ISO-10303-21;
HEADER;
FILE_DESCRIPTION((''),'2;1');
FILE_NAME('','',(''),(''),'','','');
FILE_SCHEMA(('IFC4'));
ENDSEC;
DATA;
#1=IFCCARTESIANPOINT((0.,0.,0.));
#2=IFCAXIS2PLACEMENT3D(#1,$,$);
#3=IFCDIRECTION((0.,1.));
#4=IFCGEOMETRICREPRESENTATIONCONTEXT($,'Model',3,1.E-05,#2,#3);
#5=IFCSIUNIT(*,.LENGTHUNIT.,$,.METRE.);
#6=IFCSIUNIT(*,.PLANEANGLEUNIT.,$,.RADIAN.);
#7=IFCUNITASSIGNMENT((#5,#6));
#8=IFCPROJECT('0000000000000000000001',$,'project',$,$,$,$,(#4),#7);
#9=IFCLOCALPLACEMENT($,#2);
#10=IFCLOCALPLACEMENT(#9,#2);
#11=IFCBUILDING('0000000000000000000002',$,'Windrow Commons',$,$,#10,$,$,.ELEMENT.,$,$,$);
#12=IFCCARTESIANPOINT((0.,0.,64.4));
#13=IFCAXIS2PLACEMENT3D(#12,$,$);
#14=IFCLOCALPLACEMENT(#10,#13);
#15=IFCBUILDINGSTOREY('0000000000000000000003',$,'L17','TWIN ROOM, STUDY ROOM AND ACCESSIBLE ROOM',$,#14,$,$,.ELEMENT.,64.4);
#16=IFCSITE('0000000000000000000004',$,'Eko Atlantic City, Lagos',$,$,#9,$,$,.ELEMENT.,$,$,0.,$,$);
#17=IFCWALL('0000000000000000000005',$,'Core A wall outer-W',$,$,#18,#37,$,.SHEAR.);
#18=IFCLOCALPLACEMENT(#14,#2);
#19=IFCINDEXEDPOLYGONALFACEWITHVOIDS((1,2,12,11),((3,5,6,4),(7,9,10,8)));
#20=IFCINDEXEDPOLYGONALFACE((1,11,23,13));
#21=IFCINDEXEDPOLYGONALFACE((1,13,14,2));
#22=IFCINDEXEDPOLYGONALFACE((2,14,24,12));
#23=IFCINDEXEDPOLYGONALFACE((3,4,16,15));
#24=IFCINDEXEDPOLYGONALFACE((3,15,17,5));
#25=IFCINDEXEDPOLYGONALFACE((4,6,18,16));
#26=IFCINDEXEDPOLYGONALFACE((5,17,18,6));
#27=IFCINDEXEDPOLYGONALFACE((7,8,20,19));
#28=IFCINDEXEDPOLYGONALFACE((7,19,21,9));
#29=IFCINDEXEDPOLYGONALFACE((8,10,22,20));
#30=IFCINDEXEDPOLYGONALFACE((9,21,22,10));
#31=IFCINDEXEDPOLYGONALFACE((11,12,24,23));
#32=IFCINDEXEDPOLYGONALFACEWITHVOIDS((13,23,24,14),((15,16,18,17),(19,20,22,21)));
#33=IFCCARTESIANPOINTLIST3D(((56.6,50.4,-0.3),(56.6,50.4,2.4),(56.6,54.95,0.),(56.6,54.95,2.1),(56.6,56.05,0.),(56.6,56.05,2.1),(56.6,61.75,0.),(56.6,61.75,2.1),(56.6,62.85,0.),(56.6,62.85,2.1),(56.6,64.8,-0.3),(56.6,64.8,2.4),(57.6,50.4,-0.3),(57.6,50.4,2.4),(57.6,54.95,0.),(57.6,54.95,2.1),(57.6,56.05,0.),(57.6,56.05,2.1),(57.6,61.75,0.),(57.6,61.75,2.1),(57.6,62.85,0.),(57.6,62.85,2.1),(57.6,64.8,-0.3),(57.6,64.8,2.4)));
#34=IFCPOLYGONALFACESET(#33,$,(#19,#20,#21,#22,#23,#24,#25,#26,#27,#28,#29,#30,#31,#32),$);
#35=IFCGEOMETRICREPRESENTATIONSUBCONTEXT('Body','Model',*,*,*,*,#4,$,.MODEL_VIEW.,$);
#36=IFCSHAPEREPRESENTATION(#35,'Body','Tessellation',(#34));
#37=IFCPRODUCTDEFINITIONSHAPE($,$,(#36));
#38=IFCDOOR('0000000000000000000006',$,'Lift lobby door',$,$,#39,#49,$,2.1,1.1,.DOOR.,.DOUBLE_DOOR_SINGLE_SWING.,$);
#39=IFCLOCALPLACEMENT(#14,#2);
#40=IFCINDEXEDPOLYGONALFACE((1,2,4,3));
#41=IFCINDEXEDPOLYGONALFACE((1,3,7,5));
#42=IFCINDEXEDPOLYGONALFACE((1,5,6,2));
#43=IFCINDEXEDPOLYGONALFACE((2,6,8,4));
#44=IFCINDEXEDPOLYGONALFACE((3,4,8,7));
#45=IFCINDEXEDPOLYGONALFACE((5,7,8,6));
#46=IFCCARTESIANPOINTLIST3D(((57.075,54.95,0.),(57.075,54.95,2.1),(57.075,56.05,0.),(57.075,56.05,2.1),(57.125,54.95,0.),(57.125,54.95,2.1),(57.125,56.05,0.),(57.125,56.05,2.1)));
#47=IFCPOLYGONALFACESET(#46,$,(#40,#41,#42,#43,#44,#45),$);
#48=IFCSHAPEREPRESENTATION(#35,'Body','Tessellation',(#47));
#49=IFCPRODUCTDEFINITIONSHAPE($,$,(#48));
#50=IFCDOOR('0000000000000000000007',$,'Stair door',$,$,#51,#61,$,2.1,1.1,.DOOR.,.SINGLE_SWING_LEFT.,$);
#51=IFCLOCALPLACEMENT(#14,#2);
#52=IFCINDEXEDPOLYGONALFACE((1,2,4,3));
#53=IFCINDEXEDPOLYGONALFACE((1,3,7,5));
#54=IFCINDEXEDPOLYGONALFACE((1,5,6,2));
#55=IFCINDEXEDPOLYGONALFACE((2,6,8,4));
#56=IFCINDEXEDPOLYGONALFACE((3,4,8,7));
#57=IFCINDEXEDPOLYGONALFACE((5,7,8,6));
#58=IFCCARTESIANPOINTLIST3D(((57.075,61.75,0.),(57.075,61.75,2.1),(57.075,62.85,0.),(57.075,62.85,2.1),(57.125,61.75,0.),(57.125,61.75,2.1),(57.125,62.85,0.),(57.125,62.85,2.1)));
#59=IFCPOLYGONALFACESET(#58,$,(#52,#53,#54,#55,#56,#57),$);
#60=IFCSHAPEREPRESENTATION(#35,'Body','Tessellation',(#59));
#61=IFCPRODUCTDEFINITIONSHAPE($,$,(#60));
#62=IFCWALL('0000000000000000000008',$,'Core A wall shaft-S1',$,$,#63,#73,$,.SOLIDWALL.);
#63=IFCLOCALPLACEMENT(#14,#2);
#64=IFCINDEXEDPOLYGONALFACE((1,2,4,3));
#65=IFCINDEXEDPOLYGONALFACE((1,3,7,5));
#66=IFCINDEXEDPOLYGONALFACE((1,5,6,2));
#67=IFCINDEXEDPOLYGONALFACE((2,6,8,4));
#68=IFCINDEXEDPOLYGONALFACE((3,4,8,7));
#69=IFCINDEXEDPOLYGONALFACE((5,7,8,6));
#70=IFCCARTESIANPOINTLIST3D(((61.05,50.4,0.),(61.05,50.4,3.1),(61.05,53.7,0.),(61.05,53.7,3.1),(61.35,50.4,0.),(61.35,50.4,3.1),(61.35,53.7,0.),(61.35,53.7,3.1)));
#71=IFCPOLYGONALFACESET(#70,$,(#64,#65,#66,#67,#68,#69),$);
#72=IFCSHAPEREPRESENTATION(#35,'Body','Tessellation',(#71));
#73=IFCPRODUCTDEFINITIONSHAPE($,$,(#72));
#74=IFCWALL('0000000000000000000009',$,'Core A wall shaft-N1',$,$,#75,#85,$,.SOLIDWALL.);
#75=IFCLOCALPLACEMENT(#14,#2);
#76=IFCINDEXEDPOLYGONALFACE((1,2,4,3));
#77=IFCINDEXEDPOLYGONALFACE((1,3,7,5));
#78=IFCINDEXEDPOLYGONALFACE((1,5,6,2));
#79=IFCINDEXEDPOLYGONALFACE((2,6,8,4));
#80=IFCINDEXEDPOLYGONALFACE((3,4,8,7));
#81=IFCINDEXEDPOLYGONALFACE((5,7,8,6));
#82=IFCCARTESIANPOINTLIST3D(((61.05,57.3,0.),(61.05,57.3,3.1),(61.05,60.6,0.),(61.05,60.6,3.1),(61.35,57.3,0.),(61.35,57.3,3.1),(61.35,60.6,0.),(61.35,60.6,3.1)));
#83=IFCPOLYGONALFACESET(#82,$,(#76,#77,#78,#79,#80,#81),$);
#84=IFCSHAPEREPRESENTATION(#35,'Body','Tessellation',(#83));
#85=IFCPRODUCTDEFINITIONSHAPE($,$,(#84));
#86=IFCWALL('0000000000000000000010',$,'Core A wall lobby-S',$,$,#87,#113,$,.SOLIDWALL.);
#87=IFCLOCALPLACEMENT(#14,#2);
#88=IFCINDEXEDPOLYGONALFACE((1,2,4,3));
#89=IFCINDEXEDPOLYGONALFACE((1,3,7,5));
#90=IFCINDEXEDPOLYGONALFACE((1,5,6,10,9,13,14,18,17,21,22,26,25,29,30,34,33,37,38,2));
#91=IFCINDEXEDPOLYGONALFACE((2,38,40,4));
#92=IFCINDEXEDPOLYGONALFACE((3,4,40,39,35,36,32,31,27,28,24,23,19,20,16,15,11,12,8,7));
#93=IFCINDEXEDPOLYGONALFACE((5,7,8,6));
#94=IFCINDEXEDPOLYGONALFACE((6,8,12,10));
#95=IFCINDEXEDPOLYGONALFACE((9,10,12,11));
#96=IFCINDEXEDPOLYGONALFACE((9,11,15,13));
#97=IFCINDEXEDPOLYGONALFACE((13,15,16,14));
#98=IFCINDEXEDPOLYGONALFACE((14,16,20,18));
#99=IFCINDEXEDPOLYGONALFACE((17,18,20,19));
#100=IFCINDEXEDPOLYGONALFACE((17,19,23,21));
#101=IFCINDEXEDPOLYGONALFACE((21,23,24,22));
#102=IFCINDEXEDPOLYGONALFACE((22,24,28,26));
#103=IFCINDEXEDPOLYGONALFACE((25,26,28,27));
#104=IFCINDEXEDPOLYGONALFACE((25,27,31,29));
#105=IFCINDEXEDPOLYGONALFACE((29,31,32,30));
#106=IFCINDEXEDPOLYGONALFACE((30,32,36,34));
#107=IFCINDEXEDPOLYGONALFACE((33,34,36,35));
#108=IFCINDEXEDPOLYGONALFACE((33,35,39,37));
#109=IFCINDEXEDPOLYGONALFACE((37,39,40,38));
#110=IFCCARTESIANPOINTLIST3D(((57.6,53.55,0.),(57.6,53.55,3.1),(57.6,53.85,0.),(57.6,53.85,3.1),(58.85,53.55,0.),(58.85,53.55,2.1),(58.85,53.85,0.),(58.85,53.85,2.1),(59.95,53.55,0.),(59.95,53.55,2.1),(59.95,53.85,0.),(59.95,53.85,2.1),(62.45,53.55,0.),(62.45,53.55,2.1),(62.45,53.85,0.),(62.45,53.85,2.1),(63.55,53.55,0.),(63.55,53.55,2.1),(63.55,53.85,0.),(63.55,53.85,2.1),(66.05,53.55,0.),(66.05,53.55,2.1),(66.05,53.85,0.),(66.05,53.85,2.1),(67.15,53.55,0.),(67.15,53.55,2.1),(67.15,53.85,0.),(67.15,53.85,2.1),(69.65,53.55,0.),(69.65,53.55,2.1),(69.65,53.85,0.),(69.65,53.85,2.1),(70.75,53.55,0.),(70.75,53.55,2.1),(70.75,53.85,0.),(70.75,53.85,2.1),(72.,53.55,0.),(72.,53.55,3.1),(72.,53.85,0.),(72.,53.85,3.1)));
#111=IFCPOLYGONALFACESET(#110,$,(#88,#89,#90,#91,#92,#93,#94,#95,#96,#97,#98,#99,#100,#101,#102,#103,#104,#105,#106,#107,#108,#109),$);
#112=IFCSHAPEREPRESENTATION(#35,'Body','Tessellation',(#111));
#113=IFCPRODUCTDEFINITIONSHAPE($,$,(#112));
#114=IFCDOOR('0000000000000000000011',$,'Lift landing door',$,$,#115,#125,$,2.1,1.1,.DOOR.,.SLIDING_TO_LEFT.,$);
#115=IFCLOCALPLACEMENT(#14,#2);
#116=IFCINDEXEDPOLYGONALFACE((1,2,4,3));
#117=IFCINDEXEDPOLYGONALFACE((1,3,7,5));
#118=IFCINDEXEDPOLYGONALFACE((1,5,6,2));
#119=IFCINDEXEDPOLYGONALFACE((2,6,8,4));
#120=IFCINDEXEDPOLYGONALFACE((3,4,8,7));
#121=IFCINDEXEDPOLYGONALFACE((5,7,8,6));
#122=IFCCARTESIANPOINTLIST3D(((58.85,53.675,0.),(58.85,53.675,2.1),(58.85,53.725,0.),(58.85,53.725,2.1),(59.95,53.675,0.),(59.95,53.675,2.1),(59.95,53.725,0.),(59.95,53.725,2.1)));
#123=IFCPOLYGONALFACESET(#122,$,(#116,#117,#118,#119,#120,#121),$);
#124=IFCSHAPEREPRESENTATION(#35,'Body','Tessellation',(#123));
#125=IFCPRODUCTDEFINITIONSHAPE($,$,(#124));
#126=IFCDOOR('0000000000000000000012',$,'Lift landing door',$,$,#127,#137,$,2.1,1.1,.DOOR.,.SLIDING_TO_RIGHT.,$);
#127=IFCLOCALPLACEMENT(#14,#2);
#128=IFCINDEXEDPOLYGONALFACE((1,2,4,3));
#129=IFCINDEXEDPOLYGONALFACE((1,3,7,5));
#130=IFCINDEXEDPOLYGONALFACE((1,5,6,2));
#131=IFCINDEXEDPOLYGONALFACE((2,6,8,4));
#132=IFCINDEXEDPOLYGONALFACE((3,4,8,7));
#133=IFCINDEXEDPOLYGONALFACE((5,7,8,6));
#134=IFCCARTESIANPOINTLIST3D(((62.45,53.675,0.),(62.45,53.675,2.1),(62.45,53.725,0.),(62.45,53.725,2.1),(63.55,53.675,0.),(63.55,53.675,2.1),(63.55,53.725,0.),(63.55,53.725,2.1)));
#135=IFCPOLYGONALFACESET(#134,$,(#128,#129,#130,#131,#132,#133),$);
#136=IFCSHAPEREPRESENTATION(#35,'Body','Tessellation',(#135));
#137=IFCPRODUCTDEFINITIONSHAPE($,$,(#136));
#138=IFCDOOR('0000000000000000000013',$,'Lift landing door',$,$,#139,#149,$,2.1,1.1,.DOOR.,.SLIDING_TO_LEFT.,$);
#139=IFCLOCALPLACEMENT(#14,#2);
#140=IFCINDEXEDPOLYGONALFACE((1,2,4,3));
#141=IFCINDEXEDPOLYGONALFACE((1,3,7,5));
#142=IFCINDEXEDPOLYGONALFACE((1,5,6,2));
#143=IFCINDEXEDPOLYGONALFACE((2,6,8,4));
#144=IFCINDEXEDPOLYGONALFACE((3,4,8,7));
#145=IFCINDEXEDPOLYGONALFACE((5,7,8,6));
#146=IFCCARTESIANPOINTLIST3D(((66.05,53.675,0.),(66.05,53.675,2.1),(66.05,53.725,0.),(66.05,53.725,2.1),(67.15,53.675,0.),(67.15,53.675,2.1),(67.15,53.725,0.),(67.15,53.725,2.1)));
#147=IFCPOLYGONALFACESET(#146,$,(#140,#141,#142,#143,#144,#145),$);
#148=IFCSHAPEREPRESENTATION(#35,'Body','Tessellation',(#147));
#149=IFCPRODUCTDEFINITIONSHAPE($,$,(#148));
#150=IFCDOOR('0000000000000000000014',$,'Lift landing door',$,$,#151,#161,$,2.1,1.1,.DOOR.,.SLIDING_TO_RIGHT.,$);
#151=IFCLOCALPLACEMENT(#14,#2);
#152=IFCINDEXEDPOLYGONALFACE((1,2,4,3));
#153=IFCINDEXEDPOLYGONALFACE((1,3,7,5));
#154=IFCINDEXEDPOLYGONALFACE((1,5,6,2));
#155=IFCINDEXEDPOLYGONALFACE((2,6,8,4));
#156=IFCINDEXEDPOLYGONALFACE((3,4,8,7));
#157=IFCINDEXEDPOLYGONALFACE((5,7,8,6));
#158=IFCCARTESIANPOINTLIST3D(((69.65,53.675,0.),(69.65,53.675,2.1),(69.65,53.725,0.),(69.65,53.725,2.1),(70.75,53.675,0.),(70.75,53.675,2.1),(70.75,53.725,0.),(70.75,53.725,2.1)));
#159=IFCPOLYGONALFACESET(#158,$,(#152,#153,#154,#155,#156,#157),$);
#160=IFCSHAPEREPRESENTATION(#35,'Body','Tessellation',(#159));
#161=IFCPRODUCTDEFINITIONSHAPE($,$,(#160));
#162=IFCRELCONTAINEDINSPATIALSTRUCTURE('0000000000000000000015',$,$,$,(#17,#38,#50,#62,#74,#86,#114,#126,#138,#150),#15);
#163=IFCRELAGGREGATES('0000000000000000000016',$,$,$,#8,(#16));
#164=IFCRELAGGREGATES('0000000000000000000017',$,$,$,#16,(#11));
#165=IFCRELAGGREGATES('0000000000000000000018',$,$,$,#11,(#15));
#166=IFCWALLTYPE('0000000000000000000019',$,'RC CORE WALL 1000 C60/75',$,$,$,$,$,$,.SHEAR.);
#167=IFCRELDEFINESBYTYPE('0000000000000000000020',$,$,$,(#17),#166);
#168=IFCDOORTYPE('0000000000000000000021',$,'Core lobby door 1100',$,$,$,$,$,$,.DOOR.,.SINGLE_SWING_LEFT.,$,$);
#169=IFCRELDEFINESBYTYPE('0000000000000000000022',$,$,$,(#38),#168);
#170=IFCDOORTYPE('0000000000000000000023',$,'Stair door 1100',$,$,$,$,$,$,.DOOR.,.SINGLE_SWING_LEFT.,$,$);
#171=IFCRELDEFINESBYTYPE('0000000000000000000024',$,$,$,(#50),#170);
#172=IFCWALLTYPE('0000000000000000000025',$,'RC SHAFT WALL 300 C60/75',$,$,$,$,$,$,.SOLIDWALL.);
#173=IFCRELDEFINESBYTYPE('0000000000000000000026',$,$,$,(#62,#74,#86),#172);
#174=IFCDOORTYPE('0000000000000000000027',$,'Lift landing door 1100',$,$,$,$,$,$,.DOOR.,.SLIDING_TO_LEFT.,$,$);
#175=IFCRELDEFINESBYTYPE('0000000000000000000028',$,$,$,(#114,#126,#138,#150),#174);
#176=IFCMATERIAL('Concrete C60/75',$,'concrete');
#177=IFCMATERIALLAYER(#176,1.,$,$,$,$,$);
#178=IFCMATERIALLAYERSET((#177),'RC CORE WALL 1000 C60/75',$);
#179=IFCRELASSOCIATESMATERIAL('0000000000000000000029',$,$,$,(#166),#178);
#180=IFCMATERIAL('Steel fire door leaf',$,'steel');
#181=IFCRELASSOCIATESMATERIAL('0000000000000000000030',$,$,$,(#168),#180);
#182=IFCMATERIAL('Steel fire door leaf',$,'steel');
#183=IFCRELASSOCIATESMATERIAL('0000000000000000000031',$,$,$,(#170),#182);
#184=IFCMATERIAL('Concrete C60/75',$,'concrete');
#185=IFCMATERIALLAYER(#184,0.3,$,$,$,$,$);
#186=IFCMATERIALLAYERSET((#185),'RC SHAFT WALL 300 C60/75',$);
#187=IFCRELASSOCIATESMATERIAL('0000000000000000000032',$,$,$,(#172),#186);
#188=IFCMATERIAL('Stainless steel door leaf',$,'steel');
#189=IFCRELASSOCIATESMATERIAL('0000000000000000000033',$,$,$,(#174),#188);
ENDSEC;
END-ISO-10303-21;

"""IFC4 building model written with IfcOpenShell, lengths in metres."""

from ifc_helpers import new_model, si_unit, direction, frame, frame_2d, origin, place, context, subcontext, project, spatial, rectangle, extrude, material, layer, layer_set, type_object, element, fill, save


model = new_model("IFC4")

# Units and contexts
model_context = context("Model", 3, precision=1e-05, world=origin(), true_north=direction((0.0, 1.0)))
body_context = subcontext(model_context, "Body", "Model", "MODEL_VIEW")
ifc_project = project(units=[si_unit("LENGTHUNIT", "METRE"), si_unit("PLANEANGLEUNIT", "RADIAN")], contexts=[model_context])

# Site, building, storey
site_placement = place(None, origin())
site = spatial("IfcSite", under=ifc_project, at=site_placement, Name="Eko Atlantic City, Lagos", CompositionType="ELEMENT", RefElevation=0.0)
building_placement = place(site_placement, origin())
building = spatial("IfcBuilding", under=site, at=building_placement, Name="Windrow Commons", CompositionType="ELEMENT")
storey_placement = place(building_placement, frame((0.0, 0.0, 64.4)))
storey = spatial("IfcBuildingStorey", under=building, at=storey_placement, Name="L17", Description="TWIN ROOM, STUDY ROOM AND ACCESSIBLE ROOM", CompositionType="ELEMENT", Elevation=64.4)

# Shared definitions
ifc_material_1 = material(Name="Concrete C60/75", Category="concrete")
ifc_layer_1 = layer(ifc_material_1, 1.0)
ifc_layer_set_1 = layer_set([ifc_layer_1], Name="RC CORE WALL 1000 C60/75")
wall_type_1 = type_object("IfcWallType", Name="RC CORE WALL 1000 C60/75", PredefinedType="SHEAR", material=ifc_layer_set_1)

# Wall, openings, doors
wall_1_placement = place(storey_placement, frame((57.1, 50.4, -0.3), z_axis=(0.0, 0.0, 1.0), x_axis=(0.0, 1.0, 0.0)))
wall_1 = element("IfcWall", 1, at=wall_1_placement, inside=storey, type_object=wall_type_1, Name="Core A wall outer-W", PredefinedType="SHEAR", context=body_context, shape_type="SweptSolid", body=[
    extrude(rectangle(XDim=14.4, YDim=1.0, at=frame_2d((7.2, 0.0))), origin(), (0.0, 0.0, 1.0), 2.7),
])
opening_1_placement = place(wall_1_placement, frame((4.55, 0.0, 0.3)))
opening_1 = element("IfcOpeningElement", 2, at=opening_1_placement, cuts=wall_1, PredefinedType="OPENING", context=body_context, shape_type="SweptSolid", body=[
    extrude(rectangle(XDim=1.1, YDim=2.1, at=frame_2d((0.55, 1.05))), frame((0.0, 0.51, 0.0), z_axis=(0.0, -1.0, 0.0), x_axis=(1.0, 0.0, 0.0)), (0.0, 0.0, 1.0), 1.02),
])
opening_2_placement = place(wall_1_placement, frame((11.35, 0.0, 0.3)))
opening_2 = element("IfcOpeningElement", 3, at=opening_2_placement, cuts=wall_1, PredefinedType="OPENING", context=body_context, shape_type="SweptSolid", body=[
    extrude(rectangle(XDim=1.1, YDim=2.1, at=frame_2d((0.55, 1.05))), frame((0.0, 0.51, 0.0), z_axis=(0.0, -1.0, 0.0), x_axis=(1.0, 0.0, 0.0)), (0.0, 0.0, 1.0), 1.02),
])
ifc_material_2 = material(Name="Steel fire door leaf", Category="steel")
door_type_1 = type_object("IfcDoorType", Name="Core lobby door 1100", OperationType="SINGLE_SWING_LEFT", PredefinedType="DOOR", material=ifc_material_2)
door_1_placement = place(opening_1_placement, origin())
door_1 = element("IfcDoor", 4, at=door_1_placement, inside=storey, type_object=door_type_1, Name="Lift lobby door", OperationType="DOUBLE_DOOR_SINGLE_SWING", OverallHeight=2.1, OverallWidth=1.1, PredefinedType="DOOR", context=body_context, shape_type="SweptSolid", body=[
    extrude(rectangle(XDim=1.1, YDim=2.1, at=frame_2d((0.55, 1.05))), frame((0.0, 0.025, 0.0), z_axis=(0.0, -1.0, 0.0), x_axis=(1.0, 0.0, 0.0)), (0.0, 0.0, 1.0), 0.05),
])
fill(opening_1, door_1)
ifc_material_3 = material(Name="Steel fire door leaf", Category="steel")
door_type_2 = type_object("IfcDoorType", Name="Stair door 1100", OperationType="SINGLE_SWING_LEFT", PredefinedType="DOOR", material=ifc_material_3)
door_2_placement = place(opening_2_placement, origin())
door_2 = element("IfcDoor", 5, at=door_2_placement, inside=storey, type_object=door_type_2, Name="Stair door", OperationType="SINGLE_SWING_LEFT", OverallHeight=2.1, OverallWidth=1.1, PredefinedType="DOOR", context=body_context, shape_type="SweptSolid", body=[
    extrude(rectangle(XDim=1.1, YDim=2.1, at=frame_2d((0.55, 1.05))), frame((0.0, 0.025, 0.0), z_axis=(0.0, -1.0, 0.0), x_axis=(1.0, 0.0, 0.0)), (0.0, 0.0, 1.0), 0.05),
])
fill(opening_2, door_2)

# Walls
ifc_material_4 = material(Name="Concrete C60/75", Category="concrete")
ifc_layer_2 = layer(ifc_material_4, 0.3)
ifc_layer_set_2 = layer_set([ifc_layer_2], Name="RC SHAFT WALL 300 C60/75")
wall_type_2 = type_object("IfcWallType", Name="RC SHAFT WALL 300 C60/75", PredefinedType="SOLIDWALL", material=ifc_layer_set_2)
for number, where, z_axis, x_axis, name in (
    (6, (61.2, 50.4, 0.0), (0.0, 0.0, 1.0), (0.0, 1.0, 0.0), "Core A wall shaft-S1"),
    (7, (61.2, 57.3, 0.0), (0.0, 0.0, 1.0), (0.0, 1.0, 0.0), "Core A wall shaft-N1"),
):
    element("IfcWall", number, at=place(storey_placement, frame(where, z_axis=z_axis, x_axis=x_axis)), inside=storey, type_object=wall_type_2, Name=name, PredefinedType="SOLIDWALL", context=body_context, shape_type="SweptSolid", body=[
        extrude(rectangle(XDim=3.3, YDim=0.3, at=frame_2d((1.65, 0.0))), origin(), (0.0, 0.0, 1.0), 3.1),
    ])

# Wall, openings, doors
wall_2_placement = place(storey_placement, frame((57.6, 53.7, 0.0), z_axis=(0.0, 0.0, 1.0), x_axis=(1.0, 0.0, 0.0)))
wall_2 = element("IfcWall", 8, at=wall_2_placement, inside=storey, type_object=wall_type_2, Name="Core A wall lobby-S", PredefinedType="SOLIDWALL", context=body_context, shape_type="SweptSolid", body=[
    extrude(rectangle(XDim=14.4, YDim=0.3, at=frame_2d((7.2, 0.0))), origin(), (0.0, 0.0, 1.0), 3.1),
])
opening_3_placement = place(wall_2_placement, frame((1.25, 0.0, 0.0)))
opening_3 = element("IfcOpeningElement", 9, at=opening_3_placement, cuts=wall_2, PredefinedType="OPENING", context=body_context, shape_type="SweptSolid", body=[
    extrude(rectangle(XDim=1.1, YDim=2.1, at=frame_2d((0.55, 1.05))), frame((0.0, 0.16, 0.0), z_axis=(0.0, -1.0, 0.0), x_axis=(1.0, 0.0, 0.0)), (0.0, 0.0, 1.0), 0.32),
])
opening_4_placement = place(wall_2_placement, frame((4.85, 0.0, 0.0)))
opening_4 = element("IfcOpeningElement", 10, at=opening_4_placement, cuts=wall_2, PredefinedType="OPENING", context=body_context, shape_type="SweptSolid", body=[
    extrude(rectangle(XDim=1.1, YDim=2.1, at=frame_2d((0.55, 1.05))), frame((0.0, 0.16, 0.0), z_axis=(0.0, -1.0, 0.0), x_axis=(1.0, 0.0, 0.0)), (0.0, 0.0, 1.0), 0.32),
])
opening_5_placement = place(wall_2_placement, frame((8.45, 0.0, 0.0)))
opening_5 = element("IfcOpeningElement", 11, at=opening_5_placement, cuts=wall_2, PredefinedType="OPENING", context=body_context, shape_type="SweptSolid", body=[
    extrude(rectangle(XDim=1.1, YDim=2.1, at=frame_2d((0.55, 1.05))), frame((0.0, 0.16, 0.0), z_axis=(0.0, -1.0, 0.0), x_axis=(1.0, 0.0, 0.0)), (0.0, 0.0, 1.0), 0.32),
])
opening_6_placement = place(wall_2_placement, frame((12.05, 0.0, 0.0)))
opening_6 = element("IfcOpeningElement", 12, at=opening_6_placement, cuts=wall_2, PredefinedType="OPENING", context=body_context, shape_type="SweptSolid", body=[
    extrude(rectangle(XDim=1.1, YDim=2.1, at=frame_2d((0.55, 1.05))), frame((0.0, 0.16, 0.0), z_axis=(0.0, -1.0, 0.0), x_axis=(1.0, 0.0, 0.0)), (0.0, 0.0, 1.0), 0.32),
])
ifc_material_5 = material(Name="Stainless steel door leaf", Category="steel")
door_type_3 = type_object("IfcDoorType", Name="Lift landing door 1100", OperationType="SLIDING_TO_LEFT", PredefinedType="DOOR", material=ifc_material_5)
door_3_placement = place(opening_3_placement, origin())
door_3 = element("IfcDoor", 13, at=door_3_placement, inside=storey, type_object=door_type_3, Name="Lift landing door", OperationType="SLIDING_TO_LEFT", OverallHeight=2.1, OverallWidth=1.1, PredefinedType="DOOR", context=body_context, shape_type="SweptSolid", body=[
    extrude(rectangle(XDim=1.1, YDim=2.1, at=frame_2d((0.55, 1.05))), frame((0.0, 0.025, 0.0), z_axis=(0.0, -1.0, 0.0), x_axis=(1.0, 0.0, 0.0)), (0.0, 0.0, 1.0), 0.05),
])
fill(opening_3, door_3)
door_4_placement = place(opening_4_placement, origin())
door_4 = element("IfcDoor", 14, at=door_4_placement, inside=storey, type_object=door_type_3, Name="Lift landing door", OperationType="SLIDING_TO_RIGHT", OverallHeight=2.1, OverallWidth=1.1, PredefinedType="DOOR", context=body_context, shape_type="SweptSolid", body=[
    extrude(rectangle(XDim=1.1, YDim=2.1, at=frame_2d((0.55, 1.05))), frame((0.0, 0.025, 0.0), z_axis=(0.0, -1.0, 0.0), x_axis=(1.0, 0.0, 0.0)), (0.0, 0.0, 1.0), 0.05),
])
fill(opening_4, door_4)
door_5_placement = place(opening_5_placement, origin())
door_5 = element("IfcDoor", 15, at=door_5_placement, inside=storey, type_object=door_type_3, Name="Lift landing door", OperationType="SLIDING_TO_LEFT", OverallHeight=2.1, OverallWidth=1.1, PredefinedType="DOOR", context=body_context, shape_type="SweptSolid", body=[
    extrude(rectangle(XDim=1.1, YDim=2.1, at=frame_2d((0.55, 1.05))), frame((0.0, 0.025, 0.0), z_axis=(0.0, -1.0, 0.0), x_axis=(1.0, 0.0, 0.0)), (0.0, 0.0, 1.0), 0.05),
])
fill(opening_5, door_5)
door_6_placement = place(opening_6_placement, origin())
door_6 = element("IfcDoor", 16, at=door_6_placement, inside=storey, type_object=door_type_3, Name="Lift landing door", OperationType="SLIDING_TO_RIGHT", OverallHeight=2.1, OverallWidth=1.1, PredefinedType="DOOR", context=body_context, shape_type="SweptSolid", body=[
    extrude(rectangle(XDim=1.1, YDim=2.1, at=frame_2d((0.55, 1.05))), frame((0.0, 0.025, 0.0), z_axis=(0.0, -1.0, 0.0), x_axis=(1.0, 0.0, 0.0)), (0.0, 0.0, 1.0), 0.05),
])
fill(opening_6, door_6)

save(model, "model.ifc")
